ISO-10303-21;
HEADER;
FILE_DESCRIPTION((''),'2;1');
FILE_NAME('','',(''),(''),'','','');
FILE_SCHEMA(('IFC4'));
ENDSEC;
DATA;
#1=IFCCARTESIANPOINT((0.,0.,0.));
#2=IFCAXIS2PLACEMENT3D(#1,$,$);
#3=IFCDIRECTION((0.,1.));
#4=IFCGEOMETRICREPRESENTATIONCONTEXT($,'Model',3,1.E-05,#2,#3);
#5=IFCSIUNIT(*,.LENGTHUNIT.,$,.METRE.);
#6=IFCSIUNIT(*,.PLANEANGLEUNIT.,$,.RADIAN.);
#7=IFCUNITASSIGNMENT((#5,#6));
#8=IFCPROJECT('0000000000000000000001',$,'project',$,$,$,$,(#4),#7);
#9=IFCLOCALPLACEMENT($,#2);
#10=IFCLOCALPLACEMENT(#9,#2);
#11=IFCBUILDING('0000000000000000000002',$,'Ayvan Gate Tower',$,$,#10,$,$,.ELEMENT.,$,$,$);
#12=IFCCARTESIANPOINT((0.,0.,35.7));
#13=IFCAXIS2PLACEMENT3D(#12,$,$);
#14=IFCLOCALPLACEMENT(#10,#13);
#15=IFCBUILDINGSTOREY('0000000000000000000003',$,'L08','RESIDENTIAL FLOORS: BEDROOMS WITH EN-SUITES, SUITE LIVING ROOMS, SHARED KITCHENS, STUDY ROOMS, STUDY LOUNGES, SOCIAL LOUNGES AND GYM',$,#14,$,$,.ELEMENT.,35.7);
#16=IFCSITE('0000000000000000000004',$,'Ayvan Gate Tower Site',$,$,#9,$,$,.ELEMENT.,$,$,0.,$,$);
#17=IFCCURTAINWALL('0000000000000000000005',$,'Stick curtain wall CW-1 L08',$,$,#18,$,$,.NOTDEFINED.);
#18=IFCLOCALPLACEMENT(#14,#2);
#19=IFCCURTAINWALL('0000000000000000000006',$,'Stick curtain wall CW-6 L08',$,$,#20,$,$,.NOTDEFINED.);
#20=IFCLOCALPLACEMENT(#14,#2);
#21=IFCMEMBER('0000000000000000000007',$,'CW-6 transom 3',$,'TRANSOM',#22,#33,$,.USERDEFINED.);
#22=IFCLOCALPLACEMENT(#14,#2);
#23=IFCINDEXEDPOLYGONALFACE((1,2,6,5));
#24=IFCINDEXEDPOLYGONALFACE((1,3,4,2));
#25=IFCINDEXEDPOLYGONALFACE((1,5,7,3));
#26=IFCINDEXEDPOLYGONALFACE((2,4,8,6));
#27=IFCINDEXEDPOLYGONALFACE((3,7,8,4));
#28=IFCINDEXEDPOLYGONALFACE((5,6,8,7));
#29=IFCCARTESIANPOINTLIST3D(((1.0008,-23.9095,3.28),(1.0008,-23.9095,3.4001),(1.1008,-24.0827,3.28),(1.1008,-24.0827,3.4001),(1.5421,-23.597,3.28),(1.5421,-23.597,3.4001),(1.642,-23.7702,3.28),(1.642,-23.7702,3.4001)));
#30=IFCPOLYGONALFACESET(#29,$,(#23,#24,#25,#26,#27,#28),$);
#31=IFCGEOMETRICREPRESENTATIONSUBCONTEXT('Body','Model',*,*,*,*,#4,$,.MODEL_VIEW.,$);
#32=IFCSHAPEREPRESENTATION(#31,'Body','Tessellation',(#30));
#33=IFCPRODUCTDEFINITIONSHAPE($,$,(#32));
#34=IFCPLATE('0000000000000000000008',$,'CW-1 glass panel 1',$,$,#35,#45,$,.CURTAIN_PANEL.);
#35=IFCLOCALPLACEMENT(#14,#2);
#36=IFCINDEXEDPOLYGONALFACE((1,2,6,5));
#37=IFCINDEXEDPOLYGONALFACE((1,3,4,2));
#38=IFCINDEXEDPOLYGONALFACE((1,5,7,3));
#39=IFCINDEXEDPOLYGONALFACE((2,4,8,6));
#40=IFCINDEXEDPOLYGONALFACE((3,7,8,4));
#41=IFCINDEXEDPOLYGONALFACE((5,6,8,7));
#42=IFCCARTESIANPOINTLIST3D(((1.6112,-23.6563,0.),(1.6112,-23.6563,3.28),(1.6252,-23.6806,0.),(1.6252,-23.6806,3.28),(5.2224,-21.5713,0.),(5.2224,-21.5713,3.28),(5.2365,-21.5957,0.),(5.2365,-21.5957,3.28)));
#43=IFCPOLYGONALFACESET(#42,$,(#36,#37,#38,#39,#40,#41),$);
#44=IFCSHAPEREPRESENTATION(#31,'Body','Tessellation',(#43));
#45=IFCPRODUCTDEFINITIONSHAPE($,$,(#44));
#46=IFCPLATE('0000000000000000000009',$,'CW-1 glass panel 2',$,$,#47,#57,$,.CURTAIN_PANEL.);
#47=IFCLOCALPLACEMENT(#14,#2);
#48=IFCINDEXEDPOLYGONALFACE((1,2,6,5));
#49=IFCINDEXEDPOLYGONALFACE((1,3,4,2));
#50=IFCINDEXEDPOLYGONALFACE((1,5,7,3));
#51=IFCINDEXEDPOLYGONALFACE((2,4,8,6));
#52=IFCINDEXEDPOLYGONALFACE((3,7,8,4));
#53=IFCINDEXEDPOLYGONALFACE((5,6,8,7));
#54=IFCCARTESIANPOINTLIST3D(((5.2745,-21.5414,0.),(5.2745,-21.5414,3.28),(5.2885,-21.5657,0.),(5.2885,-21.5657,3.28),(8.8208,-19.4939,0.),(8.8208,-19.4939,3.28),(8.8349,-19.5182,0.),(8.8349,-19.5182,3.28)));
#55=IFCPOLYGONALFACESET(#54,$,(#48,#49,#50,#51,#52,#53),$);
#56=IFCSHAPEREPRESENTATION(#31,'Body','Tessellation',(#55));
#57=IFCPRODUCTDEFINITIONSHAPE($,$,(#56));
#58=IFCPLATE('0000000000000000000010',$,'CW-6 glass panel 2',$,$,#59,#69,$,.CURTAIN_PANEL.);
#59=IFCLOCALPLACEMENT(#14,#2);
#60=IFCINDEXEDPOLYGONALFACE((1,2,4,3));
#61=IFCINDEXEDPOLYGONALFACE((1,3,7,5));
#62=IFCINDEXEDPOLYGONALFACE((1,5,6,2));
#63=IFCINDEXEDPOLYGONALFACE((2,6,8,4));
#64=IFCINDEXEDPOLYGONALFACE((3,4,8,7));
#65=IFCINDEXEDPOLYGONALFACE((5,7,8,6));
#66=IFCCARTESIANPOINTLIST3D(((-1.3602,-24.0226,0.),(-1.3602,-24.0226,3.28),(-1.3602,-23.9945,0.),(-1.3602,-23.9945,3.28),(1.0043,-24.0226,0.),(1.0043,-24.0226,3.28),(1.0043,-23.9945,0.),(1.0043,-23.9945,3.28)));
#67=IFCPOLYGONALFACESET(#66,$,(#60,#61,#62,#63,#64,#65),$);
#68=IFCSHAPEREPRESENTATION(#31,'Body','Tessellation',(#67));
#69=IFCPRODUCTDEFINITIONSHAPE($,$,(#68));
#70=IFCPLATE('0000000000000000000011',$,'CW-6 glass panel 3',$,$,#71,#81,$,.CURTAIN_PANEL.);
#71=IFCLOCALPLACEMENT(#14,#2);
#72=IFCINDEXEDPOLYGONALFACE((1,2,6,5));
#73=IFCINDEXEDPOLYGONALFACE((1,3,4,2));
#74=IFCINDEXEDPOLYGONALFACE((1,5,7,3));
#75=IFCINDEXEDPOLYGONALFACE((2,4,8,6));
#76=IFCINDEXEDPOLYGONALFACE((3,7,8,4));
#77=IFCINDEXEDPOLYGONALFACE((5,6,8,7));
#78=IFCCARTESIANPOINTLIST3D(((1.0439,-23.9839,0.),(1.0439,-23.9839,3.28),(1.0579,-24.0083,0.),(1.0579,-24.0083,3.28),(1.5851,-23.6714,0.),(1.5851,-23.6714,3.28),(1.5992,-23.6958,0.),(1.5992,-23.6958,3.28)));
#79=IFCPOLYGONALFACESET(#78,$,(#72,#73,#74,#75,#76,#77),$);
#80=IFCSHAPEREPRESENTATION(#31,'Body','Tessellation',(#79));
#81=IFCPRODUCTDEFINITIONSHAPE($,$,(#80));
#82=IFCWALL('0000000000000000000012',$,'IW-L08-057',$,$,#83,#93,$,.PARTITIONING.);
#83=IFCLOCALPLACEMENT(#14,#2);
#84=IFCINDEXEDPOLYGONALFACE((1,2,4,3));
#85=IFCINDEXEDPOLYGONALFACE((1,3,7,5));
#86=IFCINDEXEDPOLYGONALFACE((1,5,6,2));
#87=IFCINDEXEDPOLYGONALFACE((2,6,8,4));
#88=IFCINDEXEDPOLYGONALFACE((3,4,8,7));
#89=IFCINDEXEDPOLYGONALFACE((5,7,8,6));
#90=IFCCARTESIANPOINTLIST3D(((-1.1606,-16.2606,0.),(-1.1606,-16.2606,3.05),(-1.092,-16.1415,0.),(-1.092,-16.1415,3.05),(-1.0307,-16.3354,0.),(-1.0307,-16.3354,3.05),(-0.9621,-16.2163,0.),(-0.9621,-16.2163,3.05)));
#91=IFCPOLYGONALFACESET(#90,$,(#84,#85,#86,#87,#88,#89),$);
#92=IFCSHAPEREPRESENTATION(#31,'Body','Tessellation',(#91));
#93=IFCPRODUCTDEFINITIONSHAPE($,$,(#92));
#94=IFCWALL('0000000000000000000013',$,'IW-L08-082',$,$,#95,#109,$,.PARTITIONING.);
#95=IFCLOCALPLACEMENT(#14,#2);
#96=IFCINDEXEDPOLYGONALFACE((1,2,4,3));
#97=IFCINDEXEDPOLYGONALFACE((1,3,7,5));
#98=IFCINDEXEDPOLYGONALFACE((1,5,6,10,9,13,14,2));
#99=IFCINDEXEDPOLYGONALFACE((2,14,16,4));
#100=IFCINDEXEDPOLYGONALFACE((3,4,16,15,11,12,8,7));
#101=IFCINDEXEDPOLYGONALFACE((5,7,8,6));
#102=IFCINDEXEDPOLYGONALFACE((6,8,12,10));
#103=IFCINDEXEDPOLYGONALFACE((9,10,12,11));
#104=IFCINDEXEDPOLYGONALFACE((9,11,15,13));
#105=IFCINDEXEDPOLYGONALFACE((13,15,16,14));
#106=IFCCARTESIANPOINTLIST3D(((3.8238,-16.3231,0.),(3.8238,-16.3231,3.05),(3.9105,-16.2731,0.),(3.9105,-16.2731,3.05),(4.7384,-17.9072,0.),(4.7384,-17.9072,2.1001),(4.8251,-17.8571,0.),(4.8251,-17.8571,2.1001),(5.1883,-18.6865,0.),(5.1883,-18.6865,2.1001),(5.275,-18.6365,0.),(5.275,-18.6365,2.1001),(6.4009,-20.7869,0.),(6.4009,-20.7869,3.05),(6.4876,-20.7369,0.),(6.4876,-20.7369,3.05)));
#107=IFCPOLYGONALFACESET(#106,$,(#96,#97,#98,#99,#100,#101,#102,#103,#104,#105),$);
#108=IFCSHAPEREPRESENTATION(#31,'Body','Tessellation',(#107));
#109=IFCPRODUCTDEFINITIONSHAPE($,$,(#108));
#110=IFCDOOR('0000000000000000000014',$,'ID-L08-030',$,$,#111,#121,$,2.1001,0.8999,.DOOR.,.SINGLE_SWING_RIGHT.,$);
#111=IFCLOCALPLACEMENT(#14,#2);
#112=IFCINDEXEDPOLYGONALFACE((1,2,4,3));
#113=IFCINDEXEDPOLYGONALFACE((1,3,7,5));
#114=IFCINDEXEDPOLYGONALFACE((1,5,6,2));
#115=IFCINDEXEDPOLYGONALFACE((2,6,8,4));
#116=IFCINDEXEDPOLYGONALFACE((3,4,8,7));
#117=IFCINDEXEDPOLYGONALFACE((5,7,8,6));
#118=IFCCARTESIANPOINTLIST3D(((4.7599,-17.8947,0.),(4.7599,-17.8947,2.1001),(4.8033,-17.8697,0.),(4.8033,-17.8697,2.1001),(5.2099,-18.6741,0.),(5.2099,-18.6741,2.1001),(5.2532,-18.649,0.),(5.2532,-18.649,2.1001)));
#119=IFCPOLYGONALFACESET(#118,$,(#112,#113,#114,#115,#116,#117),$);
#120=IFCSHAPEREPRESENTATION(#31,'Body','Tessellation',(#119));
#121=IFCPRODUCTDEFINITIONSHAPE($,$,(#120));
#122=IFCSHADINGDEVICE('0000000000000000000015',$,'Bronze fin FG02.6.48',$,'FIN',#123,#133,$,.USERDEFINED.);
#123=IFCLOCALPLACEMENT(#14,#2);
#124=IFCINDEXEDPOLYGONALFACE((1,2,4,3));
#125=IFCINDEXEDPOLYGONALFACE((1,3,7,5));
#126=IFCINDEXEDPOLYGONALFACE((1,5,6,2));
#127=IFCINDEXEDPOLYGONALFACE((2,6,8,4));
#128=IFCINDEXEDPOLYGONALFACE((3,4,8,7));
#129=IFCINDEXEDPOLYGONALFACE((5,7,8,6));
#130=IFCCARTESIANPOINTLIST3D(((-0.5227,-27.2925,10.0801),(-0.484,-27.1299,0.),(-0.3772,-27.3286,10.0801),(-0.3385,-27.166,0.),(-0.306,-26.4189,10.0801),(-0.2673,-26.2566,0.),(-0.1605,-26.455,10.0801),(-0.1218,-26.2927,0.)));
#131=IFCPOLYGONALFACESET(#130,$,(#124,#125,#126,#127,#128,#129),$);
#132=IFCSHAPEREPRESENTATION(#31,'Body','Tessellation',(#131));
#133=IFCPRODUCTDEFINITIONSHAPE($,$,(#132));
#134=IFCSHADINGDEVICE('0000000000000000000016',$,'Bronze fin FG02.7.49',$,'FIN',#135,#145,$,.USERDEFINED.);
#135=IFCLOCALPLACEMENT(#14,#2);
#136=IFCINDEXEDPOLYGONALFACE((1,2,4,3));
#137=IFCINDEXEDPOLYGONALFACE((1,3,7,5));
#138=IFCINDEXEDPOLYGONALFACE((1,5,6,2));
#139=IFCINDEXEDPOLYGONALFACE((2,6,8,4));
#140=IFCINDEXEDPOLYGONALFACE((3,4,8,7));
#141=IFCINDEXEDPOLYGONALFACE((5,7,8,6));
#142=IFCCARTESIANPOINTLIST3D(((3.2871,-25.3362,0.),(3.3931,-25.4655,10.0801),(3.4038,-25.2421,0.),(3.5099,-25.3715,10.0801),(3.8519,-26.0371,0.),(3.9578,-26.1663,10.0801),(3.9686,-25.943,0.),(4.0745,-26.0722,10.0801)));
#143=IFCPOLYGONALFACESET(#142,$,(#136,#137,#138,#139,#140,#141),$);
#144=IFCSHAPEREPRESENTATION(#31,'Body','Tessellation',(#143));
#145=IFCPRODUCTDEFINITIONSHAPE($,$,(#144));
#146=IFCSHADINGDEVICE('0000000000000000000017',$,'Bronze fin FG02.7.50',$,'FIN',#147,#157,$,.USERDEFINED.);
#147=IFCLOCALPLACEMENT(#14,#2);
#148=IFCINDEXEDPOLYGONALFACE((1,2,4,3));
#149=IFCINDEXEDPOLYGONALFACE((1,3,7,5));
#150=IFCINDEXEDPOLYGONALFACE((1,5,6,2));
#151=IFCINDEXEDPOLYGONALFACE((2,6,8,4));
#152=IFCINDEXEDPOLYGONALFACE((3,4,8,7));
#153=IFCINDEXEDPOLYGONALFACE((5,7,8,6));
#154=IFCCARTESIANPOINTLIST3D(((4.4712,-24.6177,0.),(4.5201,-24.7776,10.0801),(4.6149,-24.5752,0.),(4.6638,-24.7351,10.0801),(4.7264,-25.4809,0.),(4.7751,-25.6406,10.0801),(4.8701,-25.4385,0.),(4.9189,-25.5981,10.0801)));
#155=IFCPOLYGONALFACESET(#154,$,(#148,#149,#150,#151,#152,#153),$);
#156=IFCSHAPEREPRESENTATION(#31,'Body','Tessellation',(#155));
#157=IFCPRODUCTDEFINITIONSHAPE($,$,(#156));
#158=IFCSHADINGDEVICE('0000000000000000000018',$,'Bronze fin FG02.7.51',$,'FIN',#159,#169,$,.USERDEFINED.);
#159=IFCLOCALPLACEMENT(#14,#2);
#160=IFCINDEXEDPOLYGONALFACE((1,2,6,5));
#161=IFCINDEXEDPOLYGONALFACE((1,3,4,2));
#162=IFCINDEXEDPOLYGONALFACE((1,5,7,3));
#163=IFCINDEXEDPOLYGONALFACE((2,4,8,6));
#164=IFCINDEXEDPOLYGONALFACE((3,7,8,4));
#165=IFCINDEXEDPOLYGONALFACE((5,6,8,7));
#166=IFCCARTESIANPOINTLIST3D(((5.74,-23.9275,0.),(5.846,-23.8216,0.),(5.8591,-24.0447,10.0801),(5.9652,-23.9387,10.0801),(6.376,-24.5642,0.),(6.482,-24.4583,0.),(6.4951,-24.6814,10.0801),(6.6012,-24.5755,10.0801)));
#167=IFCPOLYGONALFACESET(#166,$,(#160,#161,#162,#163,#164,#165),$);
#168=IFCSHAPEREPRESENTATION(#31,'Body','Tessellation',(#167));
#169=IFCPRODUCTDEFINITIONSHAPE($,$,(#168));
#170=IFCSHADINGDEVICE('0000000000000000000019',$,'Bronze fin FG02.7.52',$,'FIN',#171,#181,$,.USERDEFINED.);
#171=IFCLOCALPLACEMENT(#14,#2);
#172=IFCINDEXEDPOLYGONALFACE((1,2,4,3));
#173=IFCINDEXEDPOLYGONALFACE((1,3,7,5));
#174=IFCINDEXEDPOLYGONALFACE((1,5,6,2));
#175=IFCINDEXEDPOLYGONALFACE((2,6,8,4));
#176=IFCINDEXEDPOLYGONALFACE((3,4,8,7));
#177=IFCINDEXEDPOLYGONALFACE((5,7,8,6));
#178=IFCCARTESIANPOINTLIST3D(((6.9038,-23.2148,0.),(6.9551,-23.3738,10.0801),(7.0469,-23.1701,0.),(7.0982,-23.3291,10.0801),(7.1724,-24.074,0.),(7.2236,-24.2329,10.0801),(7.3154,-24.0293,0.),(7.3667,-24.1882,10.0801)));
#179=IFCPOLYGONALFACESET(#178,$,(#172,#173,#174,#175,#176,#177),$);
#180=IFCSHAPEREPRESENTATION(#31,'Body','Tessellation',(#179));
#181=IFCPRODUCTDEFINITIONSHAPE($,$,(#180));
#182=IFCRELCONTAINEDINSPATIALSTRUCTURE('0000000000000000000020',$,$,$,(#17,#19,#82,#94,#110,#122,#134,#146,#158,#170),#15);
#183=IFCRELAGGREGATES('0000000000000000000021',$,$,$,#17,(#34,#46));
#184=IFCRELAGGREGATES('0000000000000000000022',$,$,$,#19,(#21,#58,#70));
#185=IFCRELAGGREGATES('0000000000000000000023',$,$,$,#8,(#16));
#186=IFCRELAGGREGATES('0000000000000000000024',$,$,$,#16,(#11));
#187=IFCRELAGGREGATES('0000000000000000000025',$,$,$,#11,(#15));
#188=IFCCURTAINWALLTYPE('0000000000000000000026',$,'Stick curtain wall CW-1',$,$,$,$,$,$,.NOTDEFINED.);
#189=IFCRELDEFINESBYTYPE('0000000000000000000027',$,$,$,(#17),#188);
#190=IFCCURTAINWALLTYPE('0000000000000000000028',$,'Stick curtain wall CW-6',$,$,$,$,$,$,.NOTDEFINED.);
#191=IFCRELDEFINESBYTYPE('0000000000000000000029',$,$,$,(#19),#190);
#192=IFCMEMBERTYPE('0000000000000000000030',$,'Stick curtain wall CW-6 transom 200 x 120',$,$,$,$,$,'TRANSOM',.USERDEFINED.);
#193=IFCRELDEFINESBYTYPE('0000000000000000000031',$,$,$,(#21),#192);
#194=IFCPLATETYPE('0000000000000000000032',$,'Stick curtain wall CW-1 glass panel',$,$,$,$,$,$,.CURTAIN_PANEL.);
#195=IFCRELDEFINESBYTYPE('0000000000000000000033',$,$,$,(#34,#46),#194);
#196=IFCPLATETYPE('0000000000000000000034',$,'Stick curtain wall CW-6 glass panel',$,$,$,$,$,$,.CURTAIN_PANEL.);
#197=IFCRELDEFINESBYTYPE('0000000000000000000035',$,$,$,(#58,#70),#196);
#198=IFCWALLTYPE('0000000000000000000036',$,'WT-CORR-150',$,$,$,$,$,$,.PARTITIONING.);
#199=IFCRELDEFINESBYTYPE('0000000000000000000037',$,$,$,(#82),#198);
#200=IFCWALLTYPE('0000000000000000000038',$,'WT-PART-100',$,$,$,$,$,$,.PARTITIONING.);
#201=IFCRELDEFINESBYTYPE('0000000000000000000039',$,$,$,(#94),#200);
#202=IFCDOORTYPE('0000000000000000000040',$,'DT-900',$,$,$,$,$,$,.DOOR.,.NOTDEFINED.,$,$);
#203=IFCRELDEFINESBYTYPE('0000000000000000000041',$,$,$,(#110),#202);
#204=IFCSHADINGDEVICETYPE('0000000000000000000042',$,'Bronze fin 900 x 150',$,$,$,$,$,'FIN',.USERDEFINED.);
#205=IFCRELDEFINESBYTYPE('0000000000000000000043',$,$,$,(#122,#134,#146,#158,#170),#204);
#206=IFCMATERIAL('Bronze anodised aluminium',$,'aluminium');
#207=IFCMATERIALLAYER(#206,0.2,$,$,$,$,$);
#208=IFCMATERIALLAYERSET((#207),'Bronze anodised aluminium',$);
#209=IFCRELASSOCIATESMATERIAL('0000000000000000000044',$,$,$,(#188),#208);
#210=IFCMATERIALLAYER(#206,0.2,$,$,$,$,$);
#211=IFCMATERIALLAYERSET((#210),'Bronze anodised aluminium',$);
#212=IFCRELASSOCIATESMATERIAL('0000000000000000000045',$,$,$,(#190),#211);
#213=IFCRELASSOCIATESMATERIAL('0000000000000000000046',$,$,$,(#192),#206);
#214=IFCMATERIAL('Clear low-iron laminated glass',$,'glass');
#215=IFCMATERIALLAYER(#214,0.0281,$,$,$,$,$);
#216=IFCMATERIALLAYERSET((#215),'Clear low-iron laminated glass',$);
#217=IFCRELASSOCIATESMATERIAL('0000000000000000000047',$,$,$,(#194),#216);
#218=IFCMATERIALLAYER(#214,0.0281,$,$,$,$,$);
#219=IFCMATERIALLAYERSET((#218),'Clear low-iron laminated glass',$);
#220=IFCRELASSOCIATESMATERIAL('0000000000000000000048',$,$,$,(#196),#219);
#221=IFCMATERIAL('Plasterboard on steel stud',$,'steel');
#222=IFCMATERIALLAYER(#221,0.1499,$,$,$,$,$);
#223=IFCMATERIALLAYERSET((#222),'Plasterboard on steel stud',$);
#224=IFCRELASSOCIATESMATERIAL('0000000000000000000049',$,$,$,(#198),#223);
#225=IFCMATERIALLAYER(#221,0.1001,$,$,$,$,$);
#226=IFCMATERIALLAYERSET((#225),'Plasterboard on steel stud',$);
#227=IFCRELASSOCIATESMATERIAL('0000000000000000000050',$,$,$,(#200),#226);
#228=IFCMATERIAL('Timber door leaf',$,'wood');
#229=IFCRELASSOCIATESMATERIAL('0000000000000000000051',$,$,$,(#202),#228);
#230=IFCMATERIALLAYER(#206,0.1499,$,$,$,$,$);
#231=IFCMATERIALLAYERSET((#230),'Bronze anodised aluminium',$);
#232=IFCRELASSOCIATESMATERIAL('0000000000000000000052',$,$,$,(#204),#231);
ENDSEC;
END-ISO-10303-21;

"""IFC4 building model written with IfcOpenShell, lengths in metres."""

from ifc_helpers import new_model, si_unit, direction, frame, frame_2d, origin, origin_2d, place, context, subcontext, project, spatial, polyline, rectangle, outline, extrude, material, layer, layer_set, material_profile, profile_set, type_object, element, fill, aggregate, save


model = new_model("IFC4")

# Units and contexts
model_context = context("Model", 3, precision=1e-05, world=origin(), true_north=direction((0.0, 1.0)))
body_context = subcontext(model_context, "Body", "Model", "MODEL_VIEW")
ifc_project = project(units=[si_unit("LENGTHUNIT", "METRE"), si_unit("PLANEANGLEUNIT", "RADIAN")], contexts=[model_context])

# Site, building, storey
site_placement = place(None, origin())
site = spatial("IfcSite", under=ifc_project, at=site_placement, Name="Ayvan Gate Tower Site", CompositionType="ELEMENT", RefElevation=0.0)
building_placement = place(site_placement, origin())
building = spatial("IfcBuilding", under=site, at=building_placement, Name="Ayvan Gate Tower", CompositionType="ELEMENT")
storey_placement = place(building_placement, frame((0.0, 0.0, 35.7)))
storey = spatial("IfcBuildingStorey", under=building, at=storey_placement, Name="L08", Description="RESIDENTIAL FLOORS: BEDROOMS WITH EN-SUITES, SUITE LIVING ROOMS, SHARED KITCHENS, STUDY ROOMS, STUDY LOUNGES, SOCIAL LOUNGES AND GYM", CompositionType="ELEMENT", Elevation=35.7)

# Curtain walls, member
ifc_material_1 = material(Name="Bronze anodised aluminium", Category="aluminium")
ifc_layer_1 = layer(ifc_material_1, 0.2)
ifc_layer_set_1 = layer_set([ifc_layer_1], Name="Bronze anodised aluminium")
curtain_wall_type_1 = type_object("IfcCurtainWallType", Name="Stick curtain wall CW-1", PredefinedType="NOTDEFINED", material=ifc_layer_set_1)
curtain_wall_1_placement = place(storey_placement, origin())
curtain_wall_1 = element("IfcCurtainWall", 1, at=curtain_wall_1_placement, inside=storey, type_object=curtain_wall_type_1, Name="Stick curtain wall CW-1 L08", PredefinedType="NOTDEFINED")
ifc_layer_2 = layer(ifc_material_1, 0.2)
ifc_layer_set_2 = layer_set([ifc_layer_2], Name="Bronze anodised aluminium")
curtain_wall_type_2 = type_object("IfcCurtainWallType", Name="Stick curtain wall CW-6", PredefinedType="NOTDEFINED", material=ifc_layer_set_2)
curtain_wall_2_placement = place(storey_placement, origin())
curtain_wall_2 = element("IfcCurtainWall", 2, at=curtain_wall_2_placement, inside=storey, type_object=curtain_wall_type_2, Name="Stick curtain wall CW-6 L08", PredefinedType="NOTDEFINED")
ifc_material_profile_1 = material_profile(ifc_material_1, rectangle(XDim=0.2, YDim=0.1201, at=origin_2d()), Name="Stick curtain wall CW-6 transom 200 x 120")
ifc_profile_set_1 = profile_set([ifc_material_profile_1], Name="Bronze anodised aluminium")
member_type_1 = type_object("IfcMemberType", Name="Stick curtain wall CW-6 transom 200 x 120", ElementType="TRANSOM", PredefinedType="USERDEFINED", material=ifc_profile_set_1)
member_1_placement = place(storey_placement, frame((1.0508, -23.9961, 3.3401), z_axis=(0.866023, 0.500004, 0.0), x_axis=(-0.500004, 0.866023, 0.0)))
member_1 = element("IfcMember", 3, at=member_1_placement, type_object=member_type_1, Name="CW-6 transom 3", ObjectType="TRANSOM", PredefinedType="USERDEFINED", context=body_context, shape_type="SweptSolid", body=[
    extrude(rectangle(XDim=0.2, YDim=0.1201, at=origin_2d()), origin(), (0.0, 0.0, 1.0), 0.625),
])

# Plates
ifc_material_2 = material(Name="Clear low-iron laminated glass", Category="glass")
ifc_layer_3 = layer(ifc_material_2, 0.0281)
ifc_layer_set_3 = layer_set([ifc_layer_3], Name="Clear low-iron laminated glass")
plate_type_1 = type_object("IfcPlateType", Name="Stick curtain wall CW-1 glass panel", PredefinedType="CURTAIN_PANEL", material=ifc_layer_set_3)
plate_1_placement = place(storey_placement, frame((3.4238, -22.626, 0.0), z_axis=(0.0, 0.0, 1.0), x_axis=(0.866025, 0.5, 0.0)))
plate_1 = element("IfcPlate", 4, at=plate_1_placement, type_object=plate_type_1, Name="CW-1 glass panel 1", PredefinedType="CURTAIN_PANEL", context=body_context, shape_type="SweptSolid", body=[
    extrude(rectangle(XDim=4.1699, YDim=0.0281, at=origin_2d()), origin(), (0.0, 0.0, 1.0), 3.28),
])
plate_2_placement = place(storey_placement, frame((7.0547, -20.5298, 0.0), z_axis=(0.0, 0.0, 1.0), x_axis=(0.866025, 0.5, 0.0)))
plate_2 = element("IfcPlate", 5, at=plate_2_placement, type_object=plate_type_1, Name="CW-1 glass panel 2", PredefinedType="CURTAIN_PANEL", context=body_context, shape_type="SweptSolid", body=[
    extrude(rectangle(XDim=4.095, YDim=0.0281, at=origin_2d()), origin(), (0.0, 0.0, 1.0), 3.28),
])
aggregate(curtain_wall_1, [plate_1, plate_2])
ifc_layer_4 = layer(ifc_material_2, 0.0281)
ifc_layer_set_4 = layer_set([ifc_layer_4], Name="Clear low-iron laminated glass")
plate_type_2 = type_object("IfcPlateType", Name="Stick curtain wall CW-6 glass panel", PredefinedType="CURTAIN_PANEL", material=ifc_layer_set_4)
plate_3_placement = place(storey_placement, frame((-0.178, -24.0085, 0.0), z_axis=(0.0, 0.0, 1.0), x_axis=(1.0, 0.0, 0.0)))
plate_3 = element("IfcPlate", 6, at=plate_3_placement, type_object=plate_type_2, Name="CW-6 glass panel 2", PredefinedType="CURTAIN_PANEL", context=body_context, shape_type="SweptSolid", body=[
    extrude(rectangle(XDim=2.3645, YDim=0.0281, at=origin_2d()), origin(), (0.0, 0.0, 1.0), 3.28),
])
plate_4_placement = place(storey_placement, frame((1.3215, -23.8398, 0.0), z_axis=(0.0, 0.0, 1.0), x_axis=(0.866025, 0.5, 0.0)))
plate_4 = element("IfcPlate", 7, at=plate_4_placement, type_object=plate_type_2, Name="CW-6 glass panel 3", PredefinedType="CURTAIN_PANEL", context=body_context, shape_type="SweptSolid", body=[
    extrude(rectangle(XDim=0.625, YDim=0.0281, at=origin_2d()), origin(), (0.0, 0.0, 1.0), 3.28),
])
aggregate(curtain_wall_2, [member_1, plate_3, plate_4])

# Wall
ifc_material_3 = material(Name="Plasterboard on steel stud", Category="steel")
ifc_layer_5 = layer(ifc_material_3, 0.1499)
ifc_layer_set_5 = layer_set([ifc_layer_5], Name="Plasterboard on steel stud")
wall_type_1 = type_object("IfcWallType", Name="WT-CORR-150", PredefinedType="PARTITIONING", material=ifc_layer_set_5)
wall_1_placement = place(storey_placement, frame((-1.0957, -16.2981, 0.0), z_axis=(0.0, 0.0, 1.0), x_axis=(0.499005, 0.866599, 0.0)))
element("IfcWall", 8, at=wall_1_placement, inside=storey, type_object=wall_type_1, Name="IW-L08-057", PredefinedType="PARTITIONING", context=body_context, shape_type="SweptSolid", body=[
    extrude(rectangle(XDim=0.1375, YDim=0.1499, at=frame_2d((0.0688, 0.0))), origin(), (0.0, 0.0, 1.0), 3.05),
])

# Wall, opening, door
ifc_layer_6 = layer(ifc_material_3, 0.1001)
ifc_layer_set_6 = layer_set([ifc_layer_6], Name="Plasterboard on steel stud")
wall_type_2 = type_object("IfcWallType", Name="WT-PART-100", PredefinedType="PARTITIONING", material=ifc_layer_set_6)
wall_2_placement = place(storey_placement, frame((3.8672, -16.2981, 0.0), z_axis=(0.0, 0.0, 1.0), x_axis=(0.49999, -0.866031, 0.0)))
wall_2 = element("IfcWall", 9, at=wall_2_placement, inside=storey, type_object=wall_type_2, Name="IW-L08-082", PredefinedType="PARTITIONING", context=body_context, shape_type="SweptSolid", body=[
    extrude(rectangle(XDim=5.1543, YDim=0.1001, at=frame_2d((2.5771, 0.0))), origin(), (0.0, 0.0, 1.0), 3.05),
])
opening_placement = place(wall_2_placement, frame((1.8291, 0.0, 0.0)))
opening = element("IfcOpeningElement", 10, at=opening_placement, cuts=wall_2, PredefinedType="OPENING", context=body_context, shape_type="SweptSolid", body=[
    extrude(rectangle(XDim=0.8999, YDim=2.1001, at=frame_2d((0.45, 1.05))), frame((0.0, 0.0601, 0.0), z_axis=(0.0, -1.0, 0.0), x_axis=(1.0, 0.0, 0.0)), (0.0, 0.0, 1.0), 0.1201),
])
ifc_material_4 = material(Name="Timber door leaf", Category="wood")
door_type = type_object("IfcDoorType", Name="DT-900", OperationType="NOTDEFINED", PredefinedType="DOOR", material=ifc_material_4)
door_placement = place(opening_placement, origin())
door = element("IfcDoor", 11, at=door_placement, inside=storey, type_object=door_type, Name="ID-L08-030", OperationType="SINGLE_SWING_RIGHT", OverallHeight=2.1001, OverallWidth=0.8999, PredefinedType="DOOR", context=body_context, shape_type="SweptSolid", body=[
    extrude(rectangle(XDim=0.8999, YDim=2.1001, at=frame_2d((0.45, 1.05))), frame((0.0, 0.0249, 0.0), z_axis=(0.0, -1.0, 0.0), x_axis=(1.0, 0.0, 0.0)), (0.0, 0.0, 1.0), 0.05),
])
fill(opening, door)

# Shading devices
ifc_layer_7 = layer(ifc_material_1, 0.1499)
ifc_layer_set_7 = layer_set([ifc_layer_7], Name="Bronze anodised aluminium")
shading_device_type = type_object("IfcShadingDeviceType", Name="Bronze fin 900 x 150", ElementType="FIN", PredefinedType="USERDEFINED", material=ifc_layer_set_7)
shading_device_1_placement = place(storey_placement, frame((-0.2673, -26.2566, 0.0), z_axis=(-0.97058, 0.24078, 0.000155), x_axis=(-0.24078, -0.97058, 0.0)))
element("IfcShadingDevice", 12, at=shading_device_1_placement, inside=storey, type_object=shading_device_type, Name="Bronze fin FG02.6.48", ObjectType="FIN", PredefinedType="USERDEFINED", context=body_context, shape_type="SweptSolid", body=[
    extrude(outline(polyline([(0.0, 0.0), (0.8997, 0.0), (1.0669, 10.0801), (0.1669, 10.0801), (0.0, 0.0)])), origin(), (0.0, 0.0, -1.0), 0.1499),
])
shading_device_2_placement = place(storey_placement, frame((3.2871, -25.3362, 0.0), z_axis=(-0.778667, -0.627437, 0.000138), x_axis=(0.627437, -0.778667, 0.0)))
element("IfcShadingDevice", 13, at=shading_device_2_placement, inside=storey, type_object=shading_device_type, Name="Bronze fin FG02.7.49", ObjectType="FIN", PredefinedType="USERDEFINED", context=body_context, shape_type="SweptSolid", body=[
    extrude(outline(polyline([(0.0, 0.0), (0.9001, 0.0), (1.0671, 10.0801), (0.1672, 10.0801), (0.0, 0.0)])), origin(), (0.0, 0.0, -1.0), 0.1499),
])
shading_device_3_placement = place(storey_placement, frame((4.4712, -24.6177, 0.0), z_axis=(-0.958987, -0.283451, 0.000152), x_axis=(0.283451, -0.958987, 0.0)))
element("IfcShadingDevice", 14, at=shading_device_3_placement, inside=storey, type_object=shading_device_type, Name="Bronze fin FG02.7.50", ObjectType="FIN", PredefinedType="USERDEFINED", context=body_context, shape_type="SweptSolid", body=[
    extrude(outline(polyline([(0.0, 0.0), (0.9002, 0.0), (1.0672, 10.0801), (0.1672, 10.0801), (0.0, 0.0)])), origin(), (0.0, 0.0, -1.0), 0.1499),
])
shading_device_4_placement = place(storey_placement, frame((5.74, -23.9275, 0.0), z_axis=(-0.707514, -0.7067, 0.000147), x_axis=(0.7067, -0.707514, 0.0)))
element("IfcShadingDevice", 15, at=shading_device_4_placement, inside=storey, type_object=shading_device_type, Name="Bronze fin FG02.7.51", ObjectType="FIN", PredefinedType="USERDEFINED", context=body_context, shape_type="SweptSolid", body=[
    extrude(outline(polyline([(0.0, 0.0), (0.8999, 0.0), (1.067, 10.0801), (0.1671, 10.0801), (0.0, 0.0)])), origin(), (0.0, 0.0, -1.0), 0.1499),
])
shading_device_5_placement = place(storey_placement, frame((6.9038, -23.2148, 0.0), z_axis=(-0.954456, -0.298352, 0.00015), x_axis=(0.298352, -0.954456, 0.0)))
element("IfcShadingDevice", 16, at=shading_device_5_placement, inside=storey, type_object=shading_device_type, Name="Bronze fin FG02.7.52", ObjectType="FIN", PredefinedType="USERDEFINED", context=body_context, shape_type="SweptSolid", body=[
    extrude(outline(polyline([(0.0, 0.0), (0.9001, 0.0), (1.0671, 10.0801), (0.167, 10.0801), (0.0, 0.0)])), origin(), (0.0, 0.0, -1.0), 0.1499),
])

save(model, "model.ifc")
